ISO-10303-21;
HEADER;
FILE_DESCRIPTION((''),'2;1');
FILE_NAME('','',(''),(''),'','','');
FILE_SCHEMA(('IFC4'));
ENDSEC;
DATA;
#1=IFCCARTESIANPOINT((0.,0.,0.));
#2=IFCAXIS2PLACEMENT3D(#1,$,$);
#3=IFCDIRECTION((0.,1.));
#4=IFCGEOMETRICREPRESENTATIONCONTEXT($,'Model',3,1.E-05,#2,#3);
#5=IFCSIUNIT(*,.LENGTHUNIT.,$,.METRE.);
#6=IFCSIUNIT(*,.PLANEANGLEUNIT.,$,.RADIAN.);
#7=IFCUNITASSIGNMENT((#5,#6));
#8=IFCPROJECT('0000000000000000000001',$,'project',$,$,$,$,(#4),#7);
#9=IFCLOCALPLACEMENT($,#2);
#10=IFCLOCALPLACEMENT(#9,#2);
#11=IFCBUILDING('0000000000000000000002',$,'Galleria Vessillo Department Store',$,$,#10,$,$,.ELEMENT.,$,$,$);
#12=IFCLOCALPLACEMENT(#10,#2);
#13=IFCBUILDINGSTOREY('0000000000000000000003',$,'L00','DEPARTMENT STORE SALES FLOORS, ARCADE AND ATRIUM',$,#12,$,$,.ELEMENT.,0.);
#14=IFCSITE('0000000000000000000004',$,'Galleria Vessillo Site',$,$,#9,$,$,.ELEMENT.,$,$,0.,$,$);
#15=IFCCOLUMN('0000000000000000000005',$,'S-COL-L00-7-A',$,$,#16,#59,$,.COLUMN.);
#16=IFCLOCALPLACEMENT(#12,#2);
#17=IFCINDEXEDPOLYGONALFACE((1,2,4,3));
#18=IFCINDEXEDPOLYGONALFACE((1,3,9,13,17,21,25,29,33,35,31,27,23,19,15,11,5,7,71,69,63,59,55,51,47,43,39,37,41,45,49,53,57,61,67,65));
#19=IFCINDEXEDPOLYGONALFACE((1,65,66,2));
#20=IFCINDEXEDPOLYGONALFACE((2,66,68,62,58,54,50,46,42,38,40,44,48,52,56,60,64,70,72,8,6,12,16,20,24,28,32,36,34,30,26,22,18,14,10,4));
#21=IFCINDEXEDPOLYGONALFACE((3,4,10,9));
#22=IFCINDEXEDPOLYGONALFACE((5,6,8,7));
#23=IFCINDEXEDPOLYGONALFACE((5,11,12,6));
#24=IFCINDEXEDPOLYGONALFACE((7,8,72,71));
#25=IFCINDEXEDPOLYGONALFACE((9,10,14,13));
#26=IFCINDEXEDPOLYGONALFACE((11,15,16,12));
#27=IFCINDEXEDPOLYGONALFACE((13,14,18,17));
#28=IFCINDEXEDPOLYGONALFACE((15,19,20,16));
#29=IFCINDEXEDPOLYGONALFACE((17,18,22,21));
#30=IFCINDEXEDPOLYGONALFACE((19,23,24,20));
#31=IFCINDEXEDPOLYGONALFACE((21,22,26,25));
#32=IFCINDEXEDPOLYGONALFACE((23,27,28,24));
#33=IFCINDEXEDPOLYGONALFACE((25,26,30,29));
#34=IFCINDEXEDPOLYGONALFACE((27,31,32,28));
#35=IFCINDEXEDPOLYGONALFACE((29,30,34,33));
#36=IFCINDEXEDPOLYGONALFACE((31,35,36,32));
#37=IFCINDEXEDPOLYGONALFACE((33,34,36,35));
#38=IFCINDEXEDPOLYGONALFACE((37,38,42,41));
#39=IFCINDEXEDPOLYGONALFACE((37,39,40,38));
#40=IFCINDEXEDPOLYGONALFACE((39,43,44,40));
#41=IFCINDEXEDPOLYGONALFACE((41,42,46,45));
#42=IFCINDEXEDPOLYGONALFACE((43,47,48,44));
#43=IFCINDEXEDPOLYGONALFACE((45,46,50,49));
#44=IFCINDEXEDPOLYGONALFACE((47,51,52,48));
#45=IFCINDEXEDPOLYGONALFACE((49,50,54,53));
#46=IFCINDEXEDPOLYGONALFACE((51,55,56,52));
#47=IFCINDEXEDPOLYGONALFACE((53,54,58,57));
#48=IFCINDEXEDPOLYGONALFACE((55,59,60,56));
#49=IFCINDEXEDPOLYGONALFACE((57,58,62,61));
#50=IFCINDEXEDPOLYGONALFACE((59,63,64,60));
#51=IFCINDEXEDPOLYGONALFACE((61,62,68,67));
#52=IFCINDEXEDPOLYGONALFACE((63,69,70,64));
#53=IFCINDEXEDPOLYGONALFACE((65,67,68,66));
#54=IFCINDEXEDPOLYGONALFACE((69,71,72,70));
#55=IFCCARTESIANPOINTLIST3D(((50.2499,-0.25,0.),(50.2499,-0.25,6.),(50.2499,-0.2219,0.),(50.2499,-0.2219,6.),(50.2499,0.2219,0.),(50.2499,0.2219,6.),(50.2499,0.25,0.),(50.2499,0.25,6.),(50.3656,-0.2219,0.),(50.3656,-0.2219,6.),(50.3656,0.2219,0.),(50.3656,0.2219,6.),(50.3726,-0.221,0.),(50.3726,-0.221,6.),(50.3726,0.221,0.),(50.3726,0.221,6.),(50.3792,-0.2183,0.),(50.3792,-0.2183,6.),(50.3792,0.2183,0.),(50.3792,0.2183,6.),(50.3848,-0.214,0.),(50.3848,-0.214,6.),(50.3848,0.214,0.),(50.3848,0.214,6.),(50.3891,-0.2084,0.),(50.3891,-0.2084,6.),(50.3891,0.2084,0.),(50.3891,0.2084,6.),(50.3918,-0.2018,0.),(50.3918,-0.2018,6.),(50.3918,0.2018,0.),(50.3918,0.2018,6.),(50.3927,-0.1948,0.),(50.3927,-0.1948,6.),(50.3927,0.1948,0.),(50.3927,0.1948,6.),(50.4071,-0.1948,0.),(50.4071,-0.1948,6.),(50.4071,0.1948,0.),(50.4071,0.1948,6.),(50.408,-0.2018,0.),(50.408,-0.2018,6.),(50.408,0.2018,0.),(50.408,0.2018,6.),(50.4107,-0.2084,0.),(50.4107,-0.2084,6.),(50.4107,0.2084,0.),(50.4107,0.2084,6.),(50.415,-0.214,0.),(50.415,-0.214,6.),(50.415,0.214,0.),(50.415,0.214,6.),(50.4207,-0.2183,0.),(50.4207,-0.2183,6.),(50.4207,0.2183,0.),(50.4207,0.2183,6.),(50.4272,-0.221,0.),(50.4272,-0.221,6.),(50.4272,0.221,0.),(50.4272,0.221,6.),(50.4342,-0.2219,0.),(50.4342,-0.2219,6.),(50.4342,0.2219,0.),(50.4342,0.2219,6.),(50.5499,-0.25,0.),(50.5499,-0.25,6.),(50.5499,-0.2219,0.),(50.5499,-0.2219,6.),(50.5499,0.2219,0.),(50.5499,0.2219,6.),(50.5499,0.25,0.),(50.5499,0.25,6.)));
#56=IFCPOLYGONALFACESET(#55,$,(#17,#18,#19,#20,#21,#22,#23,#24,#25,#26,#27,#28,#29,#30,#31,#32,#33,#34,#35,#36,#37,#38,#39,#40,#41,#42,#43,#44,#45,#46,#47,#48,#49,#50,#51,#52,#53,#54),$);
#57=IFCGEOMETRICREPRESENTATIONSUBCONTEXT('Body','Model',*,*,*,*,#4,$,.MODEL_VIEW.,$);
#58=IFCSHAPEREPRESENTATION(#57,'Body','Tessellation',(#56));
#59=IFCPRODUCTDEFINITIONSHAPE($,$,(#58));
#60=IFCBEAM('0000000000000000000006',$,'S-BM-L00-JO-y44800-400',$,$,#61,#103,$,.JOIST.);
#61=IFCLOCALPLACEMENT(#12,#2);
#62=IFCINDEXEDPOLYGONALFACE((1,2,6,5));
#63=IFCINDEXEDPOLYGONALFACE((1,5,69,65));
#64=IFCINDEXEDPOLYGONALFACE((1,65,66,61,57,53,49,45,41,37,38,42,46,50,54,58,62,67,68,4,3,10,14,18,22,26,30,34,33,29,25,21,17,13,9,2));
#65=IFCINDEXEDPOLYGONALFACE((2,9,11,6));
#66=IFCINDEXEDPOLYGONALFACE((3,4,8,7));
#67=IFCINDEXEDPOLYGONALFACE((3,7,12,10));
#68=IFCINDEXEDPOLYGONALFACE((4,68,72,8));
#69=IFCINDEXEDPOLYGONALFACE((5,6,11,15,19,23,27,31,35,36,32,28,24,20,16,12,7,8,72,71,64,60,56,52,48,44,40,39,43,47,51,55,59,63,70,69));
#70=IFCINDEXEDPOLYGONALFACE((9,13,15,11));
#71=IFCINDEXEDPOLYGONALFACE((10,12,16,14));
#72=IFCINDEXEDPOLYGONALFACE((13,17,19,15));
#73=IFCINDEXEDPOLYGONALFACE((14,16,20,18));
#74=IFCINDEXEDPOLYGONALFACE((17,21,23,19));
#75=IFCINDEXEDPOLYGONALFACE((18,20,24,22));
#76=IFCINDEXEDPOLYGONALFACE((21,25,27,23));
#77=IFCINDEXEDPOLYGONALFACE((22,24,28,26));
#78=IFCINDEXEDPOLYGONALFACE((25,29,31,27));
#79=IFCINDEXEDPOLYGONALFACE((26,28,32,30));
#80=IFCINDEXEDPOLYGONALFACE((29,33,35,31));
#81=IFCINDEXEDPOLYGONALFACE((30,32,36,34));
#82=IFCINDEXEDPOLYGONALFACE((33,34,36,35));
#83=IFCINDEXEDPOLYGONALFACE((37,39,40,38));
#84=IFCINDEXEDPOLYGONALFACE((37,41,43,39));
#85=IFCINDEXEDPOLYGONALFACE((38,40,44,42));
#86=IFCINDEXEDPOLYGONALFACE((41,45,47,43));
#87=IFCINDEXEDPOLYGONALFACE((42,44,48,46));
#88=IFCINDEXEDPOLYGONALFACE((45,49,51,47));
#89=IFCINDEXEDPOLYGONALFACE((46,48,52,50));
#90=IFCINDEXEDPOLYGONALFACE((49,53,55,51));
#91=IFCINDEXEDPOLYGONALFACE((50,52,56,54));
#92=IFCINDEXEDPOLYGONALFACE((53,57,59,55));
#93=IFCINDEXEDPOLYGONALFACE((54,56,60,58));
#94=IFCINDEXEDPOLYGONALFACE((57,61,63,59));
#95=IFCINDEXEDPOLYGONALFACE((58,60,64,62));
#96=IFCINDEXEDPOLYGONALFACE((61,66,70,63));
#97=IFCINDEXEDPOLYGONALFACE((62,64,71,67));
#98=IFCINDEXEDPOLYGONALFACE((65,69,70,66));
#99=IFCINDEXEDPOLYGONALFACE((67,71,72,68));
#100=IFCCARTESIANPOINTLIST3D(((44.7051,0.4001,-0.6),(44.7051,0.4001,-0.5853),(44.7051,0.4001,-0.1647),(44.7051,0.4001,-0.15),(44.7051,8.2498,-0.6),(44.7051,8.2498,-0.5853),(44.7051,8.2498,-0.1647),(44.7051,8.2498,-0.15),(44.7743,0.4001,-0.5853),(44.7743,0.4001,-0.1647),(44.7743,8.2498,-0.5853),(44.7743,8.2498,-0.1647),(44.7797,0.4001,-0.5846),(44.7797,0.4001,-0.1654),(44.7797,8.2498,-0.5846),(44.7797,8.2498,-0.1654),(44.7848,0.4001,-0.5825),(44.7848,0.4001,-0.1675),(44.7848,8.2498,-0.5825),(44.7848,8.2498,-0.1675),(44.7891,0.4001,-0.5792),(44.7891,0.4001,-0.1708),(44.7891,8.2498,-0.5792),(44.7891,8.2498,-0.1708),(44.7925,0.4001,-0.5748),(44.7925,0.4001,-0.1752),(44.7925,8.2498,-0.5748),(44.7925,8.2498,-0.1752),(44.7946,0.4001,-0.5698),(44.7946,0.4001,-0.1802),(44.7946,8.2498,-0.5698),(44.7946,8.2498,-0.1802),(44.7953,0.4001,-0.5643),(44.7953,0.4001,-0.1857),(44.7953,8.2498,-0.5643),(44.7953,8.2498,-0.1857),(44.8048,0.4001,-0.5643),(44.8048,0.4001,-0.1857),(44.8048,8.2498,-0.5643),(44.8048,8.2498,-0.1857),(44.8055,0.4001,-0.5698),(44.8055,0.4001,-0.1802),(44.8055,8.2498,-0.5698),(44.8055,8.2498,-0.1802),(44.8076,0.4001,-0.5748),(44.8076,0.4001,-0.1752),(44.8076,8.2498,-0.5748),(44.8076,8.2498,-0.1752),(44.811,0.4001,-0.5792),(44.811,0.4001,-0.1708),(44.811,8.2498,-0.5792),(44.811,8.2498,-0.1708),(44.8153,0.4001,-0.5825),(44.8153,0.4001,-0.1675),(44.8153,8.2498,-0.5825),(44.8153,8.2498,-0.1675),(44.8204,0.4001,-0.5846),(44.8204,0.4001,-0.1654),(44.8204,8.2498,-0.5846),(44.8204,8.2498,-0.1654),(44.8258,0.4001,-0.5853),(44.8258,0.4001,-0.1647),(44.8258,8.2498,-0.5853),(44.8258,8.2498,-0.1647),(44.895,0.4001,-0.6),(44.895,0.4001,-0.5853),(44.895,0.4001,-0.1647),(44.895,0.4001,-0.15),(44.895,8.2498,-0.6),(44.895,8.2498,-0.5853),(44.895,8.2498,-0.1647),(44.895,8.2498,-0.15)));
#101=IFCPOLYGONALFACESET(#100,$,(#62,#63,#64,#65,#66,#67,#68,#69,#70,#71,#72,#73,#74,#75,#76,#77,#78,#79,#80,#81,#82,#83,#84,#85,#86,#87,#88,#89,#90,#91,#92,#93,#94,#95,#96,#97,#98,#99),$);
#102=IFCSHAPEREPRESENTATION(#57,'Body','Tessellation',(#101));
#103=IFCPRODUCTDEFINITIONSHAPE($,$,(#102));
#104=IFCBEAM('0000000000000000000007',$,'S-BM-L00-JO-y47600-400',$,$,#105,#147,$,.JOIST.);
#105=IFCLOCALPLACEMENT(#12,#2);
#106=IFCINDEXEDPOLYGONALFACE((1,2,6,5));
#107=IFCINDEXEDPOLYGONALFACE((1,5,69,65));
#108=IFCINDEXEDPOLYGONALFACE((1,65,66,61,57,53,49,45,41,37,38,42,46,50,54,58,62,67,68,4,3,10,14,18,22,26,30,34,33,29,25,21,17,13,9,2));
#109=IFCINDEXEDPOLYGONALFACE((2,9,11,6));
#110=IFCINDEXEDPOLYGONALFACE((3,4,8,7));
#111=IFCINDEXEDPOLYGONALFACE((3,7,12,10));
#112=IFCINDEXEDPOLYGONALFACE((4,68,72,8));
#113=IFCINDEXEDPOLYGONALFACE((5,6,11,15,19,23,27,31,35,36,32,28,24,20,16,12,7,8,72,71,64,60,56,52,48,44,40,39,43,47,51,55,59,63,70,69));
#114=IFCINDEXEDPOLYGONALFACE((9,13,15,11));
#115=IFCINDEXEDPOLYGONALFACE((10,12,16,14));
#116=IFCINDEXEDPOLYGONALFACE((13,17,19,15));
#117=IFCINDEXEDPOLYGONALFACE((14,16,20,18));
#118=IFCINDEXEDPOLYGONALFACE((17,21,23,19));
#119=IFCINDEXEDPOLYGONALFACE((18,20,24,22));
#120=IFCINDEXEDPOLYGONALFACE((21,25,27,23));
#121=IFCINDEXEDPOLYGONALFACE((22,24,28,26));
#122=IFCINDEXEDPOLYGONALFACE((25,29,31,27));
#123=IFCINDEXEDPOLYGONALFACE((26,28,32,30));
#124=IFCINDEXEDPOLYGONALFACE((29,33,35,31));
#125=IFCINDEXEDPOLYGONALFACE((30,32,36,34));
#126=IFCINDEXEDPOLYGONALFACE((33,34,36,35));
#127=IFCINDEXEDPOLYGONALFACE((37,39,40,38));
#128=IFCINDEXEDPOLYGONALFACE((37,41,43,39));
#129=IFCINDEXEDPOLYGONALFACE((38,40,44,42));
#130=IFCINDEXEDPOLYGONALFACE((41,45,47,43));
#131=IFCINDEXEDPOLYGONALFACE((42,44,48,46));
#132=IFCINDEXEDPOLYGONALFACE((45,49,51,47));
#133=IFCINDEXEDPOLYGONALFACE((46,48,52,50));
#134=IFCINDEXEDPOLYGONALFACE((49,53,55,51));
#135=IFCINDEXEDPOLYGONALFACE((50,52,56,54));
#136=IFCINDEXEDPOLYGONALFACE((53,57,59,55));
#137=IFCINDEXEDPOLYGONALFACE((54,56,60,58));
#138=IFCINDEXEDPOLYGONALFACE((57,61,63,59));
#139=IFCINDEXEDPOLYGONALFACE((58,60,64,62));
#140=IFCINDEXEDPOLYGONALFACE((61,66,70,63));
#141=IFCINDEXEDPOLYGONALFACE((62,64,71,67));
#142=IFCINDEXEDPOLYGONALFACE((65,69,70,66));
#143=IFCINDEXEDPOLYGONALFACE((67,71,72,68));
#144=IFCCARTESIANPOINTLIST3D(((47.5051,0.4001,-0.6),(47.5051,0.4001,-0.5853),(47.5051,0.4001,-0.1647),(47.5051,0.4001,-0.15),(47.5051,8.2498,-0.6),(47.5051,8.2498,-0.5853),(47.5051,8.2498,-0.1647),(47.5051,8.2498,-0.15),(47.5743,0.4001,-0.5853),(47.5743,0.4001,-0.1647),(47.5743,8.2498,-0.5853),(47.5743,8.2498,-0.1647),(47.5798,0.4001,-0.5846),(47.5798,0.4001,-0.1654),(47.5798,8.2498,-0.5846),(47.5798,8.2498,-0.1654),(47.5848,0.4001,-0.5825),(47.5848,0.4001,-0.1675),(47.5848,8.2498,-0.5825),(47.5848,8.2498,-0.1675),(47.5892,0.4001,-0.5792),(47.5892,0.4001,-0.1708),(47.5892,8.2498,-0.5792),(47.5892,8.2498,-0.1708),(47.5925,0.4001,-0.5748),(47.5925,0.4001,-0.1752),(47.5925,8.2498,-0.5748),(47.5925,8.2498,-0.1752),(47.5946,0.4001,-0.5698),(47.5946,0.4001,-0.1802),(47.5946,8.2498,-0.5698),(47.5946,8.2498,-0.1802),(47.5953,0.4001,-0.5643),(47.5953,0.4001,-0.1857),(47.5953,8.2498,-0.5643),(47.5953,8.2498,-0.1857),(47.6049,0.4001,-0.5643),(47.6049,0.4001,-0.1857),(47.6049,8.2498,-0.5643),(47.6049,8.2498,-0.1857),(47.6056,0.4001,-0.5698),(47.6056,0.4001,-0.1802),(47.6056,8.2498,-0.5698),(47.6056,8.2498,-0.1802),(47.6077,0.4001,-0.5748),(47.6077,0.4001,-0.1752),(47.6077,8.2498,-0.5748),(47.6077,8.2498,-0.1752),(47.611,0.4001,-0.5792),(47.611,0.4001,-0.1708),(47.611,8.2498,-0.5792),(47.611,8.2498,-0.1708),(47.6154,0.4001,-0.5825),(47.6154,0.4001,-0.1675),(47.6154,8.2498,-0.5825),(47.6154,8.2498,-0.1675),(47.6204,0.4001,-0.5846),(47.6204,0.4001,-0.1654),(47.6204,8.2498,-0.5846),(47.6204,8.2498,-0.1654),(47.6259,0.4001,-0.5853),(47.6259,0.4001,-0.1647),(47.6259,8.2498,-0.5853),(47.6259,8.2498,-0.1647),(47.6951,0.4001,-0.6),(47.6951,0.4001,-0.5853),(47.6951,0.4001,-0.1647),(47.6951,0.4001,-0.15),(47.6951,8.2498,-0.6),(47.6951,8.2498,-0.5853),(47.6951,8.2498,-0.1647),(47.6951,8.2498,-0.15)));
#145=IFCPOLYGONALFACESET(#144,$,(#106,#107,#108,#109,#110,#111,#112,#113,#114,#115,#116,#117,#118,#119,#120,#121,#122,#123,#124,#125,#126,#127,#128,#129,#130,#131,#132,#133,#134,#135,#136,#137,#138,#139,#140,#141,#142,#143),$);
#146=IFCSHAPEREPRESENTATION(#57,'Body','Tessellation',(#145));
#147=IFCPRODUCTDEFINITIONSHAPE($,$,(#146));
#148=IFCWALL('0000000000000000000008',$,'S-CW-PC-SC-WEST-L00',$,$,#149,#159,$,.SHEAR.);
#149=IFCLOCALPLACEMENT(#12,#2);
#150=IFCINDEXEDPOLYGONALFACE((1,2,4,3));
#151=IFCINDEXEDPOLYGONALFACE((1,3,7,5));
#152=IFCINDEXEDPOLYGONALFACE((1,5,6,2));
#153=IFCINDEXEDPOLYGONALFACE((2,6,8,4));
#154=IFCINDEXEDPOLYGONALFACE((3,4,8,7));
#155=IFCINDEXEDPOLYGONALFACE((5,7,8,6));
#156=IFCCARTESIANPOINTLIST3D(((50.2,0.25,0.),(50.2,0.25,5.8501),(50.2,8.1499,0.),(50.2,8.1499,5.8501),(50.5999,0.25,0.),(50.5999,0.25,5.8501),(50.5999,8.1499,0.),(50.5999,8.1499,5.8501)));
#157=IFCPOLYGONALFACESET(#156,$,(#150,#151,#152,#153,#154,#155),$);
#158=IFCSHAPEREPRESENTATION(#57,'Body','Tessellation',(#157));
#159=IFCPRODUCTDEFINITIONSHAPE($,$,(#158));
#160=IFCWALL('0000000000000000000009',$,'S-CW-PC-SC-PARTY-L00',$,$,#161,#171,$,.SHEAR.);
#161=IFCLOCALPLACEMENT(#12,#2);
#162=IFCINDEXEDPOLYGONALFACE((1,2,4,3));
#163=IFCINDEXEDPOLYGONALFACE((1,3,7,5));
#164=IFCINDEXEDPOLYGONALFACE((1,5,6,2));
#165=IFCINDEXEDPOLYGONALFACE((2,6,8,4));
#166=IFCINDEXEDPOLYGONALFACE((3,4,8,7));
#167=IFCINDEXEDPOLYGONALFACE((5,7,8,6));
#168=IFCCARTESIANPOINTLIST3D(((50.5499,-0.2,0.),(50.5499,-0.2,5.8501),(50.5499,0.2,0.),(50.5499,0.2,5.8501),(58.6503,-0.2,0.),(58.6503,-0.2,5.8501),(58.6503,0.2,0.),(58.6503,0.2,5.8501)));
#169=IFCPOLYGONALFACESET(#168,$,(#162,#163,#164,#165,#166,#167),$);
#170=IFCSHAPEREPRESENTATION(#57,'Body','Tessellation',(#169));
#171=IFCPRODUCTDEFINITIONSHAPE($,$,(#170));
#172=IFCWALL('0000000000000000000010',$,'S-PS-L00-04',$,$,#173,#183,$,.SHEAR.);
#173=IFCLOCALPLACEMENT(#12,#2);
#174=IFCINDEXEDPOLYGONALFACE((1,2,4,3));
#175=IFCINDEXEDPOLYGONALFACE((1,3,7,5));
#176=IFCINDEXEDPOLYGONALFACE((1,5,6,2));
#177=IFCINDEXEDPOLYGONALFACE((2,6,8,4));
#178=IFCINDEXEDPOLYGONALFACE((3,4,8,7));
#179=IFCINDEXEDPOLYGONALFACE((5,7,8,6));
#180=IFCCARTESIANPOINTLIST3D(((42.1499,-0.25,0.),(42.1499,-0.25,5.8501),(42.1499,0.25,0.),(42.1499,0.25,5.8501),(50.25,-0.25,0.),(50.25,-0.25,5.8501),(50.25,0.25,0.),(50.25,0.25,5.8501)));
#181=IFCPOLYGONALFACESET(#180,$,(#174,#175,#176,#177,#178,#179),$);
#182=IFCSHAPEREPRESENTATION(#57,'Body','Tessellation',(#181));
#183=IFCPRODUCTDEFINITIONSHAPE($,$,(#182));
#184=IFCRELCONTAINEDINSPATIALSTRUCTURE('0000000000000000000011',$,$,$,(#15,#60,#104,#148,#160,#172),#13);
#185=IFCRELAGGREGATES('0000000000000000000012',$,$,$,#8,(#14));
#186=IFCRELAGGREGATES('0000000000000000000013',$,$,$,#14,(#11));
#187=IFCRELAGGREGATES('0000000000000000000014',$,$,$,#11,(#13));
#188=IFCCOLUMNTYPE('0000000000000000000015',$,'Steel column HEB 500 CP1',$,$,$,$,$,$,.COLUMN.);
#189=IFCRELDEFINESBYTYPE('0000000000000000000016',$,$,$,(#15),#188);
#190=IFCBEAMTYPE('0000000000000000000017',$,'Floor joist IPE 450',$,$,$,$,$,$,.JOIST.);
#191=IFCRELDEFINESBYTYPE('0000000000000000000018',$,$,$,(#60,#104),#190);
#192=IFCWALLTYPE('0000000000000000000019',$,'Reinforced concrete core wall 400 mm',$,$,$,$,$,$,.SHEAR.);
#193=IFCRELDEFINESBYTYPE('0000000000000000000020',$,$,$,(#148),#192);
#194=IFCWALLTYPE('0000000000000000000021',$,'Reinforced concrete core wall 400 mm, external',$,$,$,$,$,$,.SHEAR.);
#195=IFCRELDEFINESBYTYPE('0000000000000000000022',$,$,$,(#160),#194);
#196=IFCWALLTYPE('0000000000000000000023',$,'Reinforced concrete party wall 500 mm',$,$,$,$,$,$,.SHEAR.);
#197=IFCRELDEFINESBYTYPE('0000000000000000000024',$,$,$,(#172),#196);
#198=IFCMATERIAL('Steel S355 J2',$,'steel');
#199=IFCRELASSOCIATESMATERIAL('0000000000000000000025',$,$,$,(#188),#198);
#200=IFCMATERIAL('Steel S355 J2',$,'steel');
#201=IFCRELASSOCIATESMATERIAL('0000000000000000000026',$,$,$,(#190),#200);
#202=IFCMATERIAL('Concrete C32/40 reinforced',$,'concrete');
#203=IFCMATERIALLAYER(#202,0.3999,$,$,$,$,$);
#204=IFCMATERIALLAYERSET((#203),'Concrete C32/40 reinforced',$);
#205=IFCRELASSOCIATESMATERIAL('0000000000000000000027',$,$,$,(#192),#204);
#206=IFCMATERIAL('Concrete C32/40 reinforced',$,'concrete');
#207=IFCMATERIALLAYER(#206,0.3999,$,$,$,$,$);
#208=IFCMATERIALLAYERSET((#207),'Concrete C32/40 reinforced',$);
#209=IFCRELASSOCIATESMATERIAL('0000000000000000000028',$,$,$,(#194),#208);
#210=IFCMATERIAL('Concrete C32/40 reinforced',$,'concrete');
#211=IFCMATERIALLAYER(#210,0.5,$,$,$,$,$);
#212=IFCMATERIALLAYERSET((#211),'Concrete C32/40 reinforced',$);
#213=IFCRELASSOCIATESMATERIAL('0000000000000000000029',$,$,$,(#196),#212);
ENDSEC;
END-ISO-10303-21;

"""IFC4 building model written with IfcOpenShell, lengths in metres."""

from ifc_helpers import new_model, si_unit, direction, frame, frame_2d, origin, origin_2d, place, context, subcontext, project, spatial, rectangle, i_section, extrude, material, layer, layer_set, material_profile, profile_set, type_object, element, save


model = new_model("IFC4")

# Units and contexts
model_context = context("Model", 3, precision=1e-05, world=origin(), true_north=direction((0.0, 1.0)))
body_context = subcontext(model_context, "Body", "Model", "MODEL_VIEW")
ifc_project = project(units=[si_unit("LENGTHUNIT", "METRE"), si_unit("PLANEANGLEUNIT", "RADIAN")], contexts=[model_context])

# Site, building, storey
site_placement = place(None, origin())
site = spatial("IfcSite", under=ifc_project, at=site_placement, Name="Galleria Vessillo Site", CompositionType="ELEMENT", RefElevation=0.0)
building_placement = place(site_placement, origin())
building = spatial("IfcBuilding", under=site, at=building_placement, Name="Galleria Vessillo Department Store", CompositionType="ELEMENT")
storey_placement = place(building_placement, origin())
storey = spatial("IfcBuildingStorey", under=building, at=storey_placement, Name="L00", Description="DEPARTMENT STORE SALES FLOORS, ARCADE AND ATRIUM", CompositionType="ELEMENT", Elevation=0.0)

# Column
ifc_material_1 = material(Name="Steel S355 J2", Category="steel")
ifc_material_profile_1 = material_profile(ifc_material_1, i_section(OverallWidth=0.3, OverallDepth=0.5, WebThickness=0.0144, FlangeThickness=0.0281, FilletRadius=0.0271, at=origin_2d()), Name="HEB 500")
ifc_profile_set_1 = profile_set([ifc_material_profile_1], Name="Steel S355 J2")
column_type = type_object("IfcColumnType", Name="Steel column HEB 500 CP1", PredefinedType="COLUMN", material=ifc_profile_set_1)
column_placement = place(storey_placement, frame((50.3999, 0.0, 0.0), z_axis=(0.0, 0.0, 1.0), x_axis=(1.0, 0.0, 0.0)))
element("IfcColumn", 1, at=column_placement, inside=storey, type_object=column_type, Name="S-COL-L00-7-A", PredefinedType="COLUMN", context=body_context, shape_type="SweptSolid", body=[
    extrude(i_section(OverallWidth=0.3, OverallDepth=0.5, WebThickness=0.0144, FlangeThickness=0.0281, FilletRadius=0.0271, at=origin_2d()), origin(), (0.0, 0.0, 1.0), 6.0),
])

# Beams
ifc_material_2 = material(Name="Steel S355 J2", Category="steel")
ifc_material_profile_2 = material_profile(ifc_material_2, i_section(OverallWidth=0.1899, OverallDepth=0.45, WebThickness=0.0095, FlangeThickness=0.0146, FilletRadius=0.021, at=origin_2d()), Name="IPE 450")
ifc_profile_set_2 = profile_set([ifc_material_profile_2], Name="Steel S355 J2")
beam_type = type_object("IfcBeamType", Name="Floor joist IPE 450", PredefinedType="JOIST", material=ifc_profile_set_2)
for number, where, z_axis, x_axis, name in (
    (2, (44.8, 0.4001, -0.375), (0.0, 1.0, 0.0), (-1.0, 0.0, 0.0), "S-BM-L00-JO-y44800-400"),
    (3, (47.6001, 0.4001, -0.375), (0.0, 1.0, 0.0), (-1.0, 0.0, 0.0), "S-BM-L00-JO-y47600-400"),
):
    element("IfcBeam", number, at=place(storey_placement, frame(where, z_axis=z_axis, x_axis=x_axis)), inside=storey, type_object=beam_type, Name=name, PredefinedType="JOIST", context=body_context, shape_type="SweptSolid", body=[
        extrude(i_section(OverallWidth=0.1899, OverallDepth=0.45, WebThickness=0.0095, FlangeThickness=0.0146, FilletRadius=0.021, at=origin_2d()), origin(), (0.0, 0.0, 1.0), 7.8496),
    ])

# Walls
ifc_material_3 = material(Name="Concrete C32/40 reinforced", Category="concrete")
ifc_layer_1 = layer(ifc_material_3, 0.3999)
ifc_layer_set_1 = layer_set([ifc_layer_1], Name="Concrete C32/40 reinforced")
wall_type_1 = type_object("IfcWallType", Name="Reinforced concrete core wall 400 mm", PredefinedType="SHEAR", material=ifc_layer_set_1)
wall_1_placement = place(storey_placement, frame((50.3999, 0.25, 0.0), z_axis=(0.0, 0.0, 1.0), x_axis=(0.0, 1.0, 0.0)))
element("IfcWall", 4, at=wall_1_placement, inside=storey, type_object=wall_type_1, Name="S-CW-PC-SC-WEST-L00", PredefinedType="SHEAR", context=body_context, shape_type="SweptSolid", body=[
    extrude(rectangle(XDim=7.8999, YDim=0.3999, at=frame_2d((3.95, 0.0))), origin(), (0.0, 0.0, 1.0), 5.8501),
])
ifc_material_4 = material(Name="Concrete C32/40 reinforced", Category="concrete")
ifc_layer_2 = layer(ifc_material_4, 0.3999)
ifc_layer_set_2 = layer_set([ifc_layer_2], Name="Concrete C32/40 reinforced")
wall_type_2 = type_object("IfcWallType", Name="Reinforced concrete core wall 400 mm, external", PredefinedType="SHEAR", material=ifc_layer_set_2)
wall_2_placement = place(storey_placement, frame((50.5498, 0.0, 0.0), z_axis=(0.0, 0.0, 1.0), x_axis=(1.0, 0.0, 0.0)))
element("IfcWall", 5, at=wall_2_placement, inside=storey, type_object=wall_type_2, Name="S-CW-PC-SC-PARTY-L00", PredefinedType="SHEAR", context=body_context, shape_type="SweptSolid", body=[
    extrude(rectangle(XDim=8.1003, YDim=0.3999, at=frame_2d((4.0503, 0.0))), origin(), (0.0, 0.0, 1.0), 5.8501),
])
ifc_material_5 = material(Name="Concrete C32/40 reinforced", Category="concrete")
ifc_layer_3 = layer(ifc_material_5, 0.5)
ifc_layer_set_3 = layer_set([ifc_layer_3], Name="Concrete C32/40 reinforced")
wall_type_3 = type_object("IfcWallType", Name="Reinforced concrete party wall 500 mm", PredefinedType="SHEAR", material=ifc_layer_set_3)
wall_3_placement = place(storey_placement, frame((42.1499, 0.0, 0.0), z_axis=(0.0, 0.0, 1.0), x_axis=(1.0, 0.0, 0.0)))
element("IfcWall", 6, at=wall_3_placement, inside=storey, type_object=wall_type_3, Name="S-PS-L00-04", PredefinedType="SHEAR", context=body_context, shape_type="SweptSolid", body=[
    extrude(rectangle(XDim=8.1001, YDim=0.5, at=frame_2d((4.05, 0.0))), origin(), (0.0, 0.0, 1.0), 5.8501),
])

save(model, "model.ifc")
